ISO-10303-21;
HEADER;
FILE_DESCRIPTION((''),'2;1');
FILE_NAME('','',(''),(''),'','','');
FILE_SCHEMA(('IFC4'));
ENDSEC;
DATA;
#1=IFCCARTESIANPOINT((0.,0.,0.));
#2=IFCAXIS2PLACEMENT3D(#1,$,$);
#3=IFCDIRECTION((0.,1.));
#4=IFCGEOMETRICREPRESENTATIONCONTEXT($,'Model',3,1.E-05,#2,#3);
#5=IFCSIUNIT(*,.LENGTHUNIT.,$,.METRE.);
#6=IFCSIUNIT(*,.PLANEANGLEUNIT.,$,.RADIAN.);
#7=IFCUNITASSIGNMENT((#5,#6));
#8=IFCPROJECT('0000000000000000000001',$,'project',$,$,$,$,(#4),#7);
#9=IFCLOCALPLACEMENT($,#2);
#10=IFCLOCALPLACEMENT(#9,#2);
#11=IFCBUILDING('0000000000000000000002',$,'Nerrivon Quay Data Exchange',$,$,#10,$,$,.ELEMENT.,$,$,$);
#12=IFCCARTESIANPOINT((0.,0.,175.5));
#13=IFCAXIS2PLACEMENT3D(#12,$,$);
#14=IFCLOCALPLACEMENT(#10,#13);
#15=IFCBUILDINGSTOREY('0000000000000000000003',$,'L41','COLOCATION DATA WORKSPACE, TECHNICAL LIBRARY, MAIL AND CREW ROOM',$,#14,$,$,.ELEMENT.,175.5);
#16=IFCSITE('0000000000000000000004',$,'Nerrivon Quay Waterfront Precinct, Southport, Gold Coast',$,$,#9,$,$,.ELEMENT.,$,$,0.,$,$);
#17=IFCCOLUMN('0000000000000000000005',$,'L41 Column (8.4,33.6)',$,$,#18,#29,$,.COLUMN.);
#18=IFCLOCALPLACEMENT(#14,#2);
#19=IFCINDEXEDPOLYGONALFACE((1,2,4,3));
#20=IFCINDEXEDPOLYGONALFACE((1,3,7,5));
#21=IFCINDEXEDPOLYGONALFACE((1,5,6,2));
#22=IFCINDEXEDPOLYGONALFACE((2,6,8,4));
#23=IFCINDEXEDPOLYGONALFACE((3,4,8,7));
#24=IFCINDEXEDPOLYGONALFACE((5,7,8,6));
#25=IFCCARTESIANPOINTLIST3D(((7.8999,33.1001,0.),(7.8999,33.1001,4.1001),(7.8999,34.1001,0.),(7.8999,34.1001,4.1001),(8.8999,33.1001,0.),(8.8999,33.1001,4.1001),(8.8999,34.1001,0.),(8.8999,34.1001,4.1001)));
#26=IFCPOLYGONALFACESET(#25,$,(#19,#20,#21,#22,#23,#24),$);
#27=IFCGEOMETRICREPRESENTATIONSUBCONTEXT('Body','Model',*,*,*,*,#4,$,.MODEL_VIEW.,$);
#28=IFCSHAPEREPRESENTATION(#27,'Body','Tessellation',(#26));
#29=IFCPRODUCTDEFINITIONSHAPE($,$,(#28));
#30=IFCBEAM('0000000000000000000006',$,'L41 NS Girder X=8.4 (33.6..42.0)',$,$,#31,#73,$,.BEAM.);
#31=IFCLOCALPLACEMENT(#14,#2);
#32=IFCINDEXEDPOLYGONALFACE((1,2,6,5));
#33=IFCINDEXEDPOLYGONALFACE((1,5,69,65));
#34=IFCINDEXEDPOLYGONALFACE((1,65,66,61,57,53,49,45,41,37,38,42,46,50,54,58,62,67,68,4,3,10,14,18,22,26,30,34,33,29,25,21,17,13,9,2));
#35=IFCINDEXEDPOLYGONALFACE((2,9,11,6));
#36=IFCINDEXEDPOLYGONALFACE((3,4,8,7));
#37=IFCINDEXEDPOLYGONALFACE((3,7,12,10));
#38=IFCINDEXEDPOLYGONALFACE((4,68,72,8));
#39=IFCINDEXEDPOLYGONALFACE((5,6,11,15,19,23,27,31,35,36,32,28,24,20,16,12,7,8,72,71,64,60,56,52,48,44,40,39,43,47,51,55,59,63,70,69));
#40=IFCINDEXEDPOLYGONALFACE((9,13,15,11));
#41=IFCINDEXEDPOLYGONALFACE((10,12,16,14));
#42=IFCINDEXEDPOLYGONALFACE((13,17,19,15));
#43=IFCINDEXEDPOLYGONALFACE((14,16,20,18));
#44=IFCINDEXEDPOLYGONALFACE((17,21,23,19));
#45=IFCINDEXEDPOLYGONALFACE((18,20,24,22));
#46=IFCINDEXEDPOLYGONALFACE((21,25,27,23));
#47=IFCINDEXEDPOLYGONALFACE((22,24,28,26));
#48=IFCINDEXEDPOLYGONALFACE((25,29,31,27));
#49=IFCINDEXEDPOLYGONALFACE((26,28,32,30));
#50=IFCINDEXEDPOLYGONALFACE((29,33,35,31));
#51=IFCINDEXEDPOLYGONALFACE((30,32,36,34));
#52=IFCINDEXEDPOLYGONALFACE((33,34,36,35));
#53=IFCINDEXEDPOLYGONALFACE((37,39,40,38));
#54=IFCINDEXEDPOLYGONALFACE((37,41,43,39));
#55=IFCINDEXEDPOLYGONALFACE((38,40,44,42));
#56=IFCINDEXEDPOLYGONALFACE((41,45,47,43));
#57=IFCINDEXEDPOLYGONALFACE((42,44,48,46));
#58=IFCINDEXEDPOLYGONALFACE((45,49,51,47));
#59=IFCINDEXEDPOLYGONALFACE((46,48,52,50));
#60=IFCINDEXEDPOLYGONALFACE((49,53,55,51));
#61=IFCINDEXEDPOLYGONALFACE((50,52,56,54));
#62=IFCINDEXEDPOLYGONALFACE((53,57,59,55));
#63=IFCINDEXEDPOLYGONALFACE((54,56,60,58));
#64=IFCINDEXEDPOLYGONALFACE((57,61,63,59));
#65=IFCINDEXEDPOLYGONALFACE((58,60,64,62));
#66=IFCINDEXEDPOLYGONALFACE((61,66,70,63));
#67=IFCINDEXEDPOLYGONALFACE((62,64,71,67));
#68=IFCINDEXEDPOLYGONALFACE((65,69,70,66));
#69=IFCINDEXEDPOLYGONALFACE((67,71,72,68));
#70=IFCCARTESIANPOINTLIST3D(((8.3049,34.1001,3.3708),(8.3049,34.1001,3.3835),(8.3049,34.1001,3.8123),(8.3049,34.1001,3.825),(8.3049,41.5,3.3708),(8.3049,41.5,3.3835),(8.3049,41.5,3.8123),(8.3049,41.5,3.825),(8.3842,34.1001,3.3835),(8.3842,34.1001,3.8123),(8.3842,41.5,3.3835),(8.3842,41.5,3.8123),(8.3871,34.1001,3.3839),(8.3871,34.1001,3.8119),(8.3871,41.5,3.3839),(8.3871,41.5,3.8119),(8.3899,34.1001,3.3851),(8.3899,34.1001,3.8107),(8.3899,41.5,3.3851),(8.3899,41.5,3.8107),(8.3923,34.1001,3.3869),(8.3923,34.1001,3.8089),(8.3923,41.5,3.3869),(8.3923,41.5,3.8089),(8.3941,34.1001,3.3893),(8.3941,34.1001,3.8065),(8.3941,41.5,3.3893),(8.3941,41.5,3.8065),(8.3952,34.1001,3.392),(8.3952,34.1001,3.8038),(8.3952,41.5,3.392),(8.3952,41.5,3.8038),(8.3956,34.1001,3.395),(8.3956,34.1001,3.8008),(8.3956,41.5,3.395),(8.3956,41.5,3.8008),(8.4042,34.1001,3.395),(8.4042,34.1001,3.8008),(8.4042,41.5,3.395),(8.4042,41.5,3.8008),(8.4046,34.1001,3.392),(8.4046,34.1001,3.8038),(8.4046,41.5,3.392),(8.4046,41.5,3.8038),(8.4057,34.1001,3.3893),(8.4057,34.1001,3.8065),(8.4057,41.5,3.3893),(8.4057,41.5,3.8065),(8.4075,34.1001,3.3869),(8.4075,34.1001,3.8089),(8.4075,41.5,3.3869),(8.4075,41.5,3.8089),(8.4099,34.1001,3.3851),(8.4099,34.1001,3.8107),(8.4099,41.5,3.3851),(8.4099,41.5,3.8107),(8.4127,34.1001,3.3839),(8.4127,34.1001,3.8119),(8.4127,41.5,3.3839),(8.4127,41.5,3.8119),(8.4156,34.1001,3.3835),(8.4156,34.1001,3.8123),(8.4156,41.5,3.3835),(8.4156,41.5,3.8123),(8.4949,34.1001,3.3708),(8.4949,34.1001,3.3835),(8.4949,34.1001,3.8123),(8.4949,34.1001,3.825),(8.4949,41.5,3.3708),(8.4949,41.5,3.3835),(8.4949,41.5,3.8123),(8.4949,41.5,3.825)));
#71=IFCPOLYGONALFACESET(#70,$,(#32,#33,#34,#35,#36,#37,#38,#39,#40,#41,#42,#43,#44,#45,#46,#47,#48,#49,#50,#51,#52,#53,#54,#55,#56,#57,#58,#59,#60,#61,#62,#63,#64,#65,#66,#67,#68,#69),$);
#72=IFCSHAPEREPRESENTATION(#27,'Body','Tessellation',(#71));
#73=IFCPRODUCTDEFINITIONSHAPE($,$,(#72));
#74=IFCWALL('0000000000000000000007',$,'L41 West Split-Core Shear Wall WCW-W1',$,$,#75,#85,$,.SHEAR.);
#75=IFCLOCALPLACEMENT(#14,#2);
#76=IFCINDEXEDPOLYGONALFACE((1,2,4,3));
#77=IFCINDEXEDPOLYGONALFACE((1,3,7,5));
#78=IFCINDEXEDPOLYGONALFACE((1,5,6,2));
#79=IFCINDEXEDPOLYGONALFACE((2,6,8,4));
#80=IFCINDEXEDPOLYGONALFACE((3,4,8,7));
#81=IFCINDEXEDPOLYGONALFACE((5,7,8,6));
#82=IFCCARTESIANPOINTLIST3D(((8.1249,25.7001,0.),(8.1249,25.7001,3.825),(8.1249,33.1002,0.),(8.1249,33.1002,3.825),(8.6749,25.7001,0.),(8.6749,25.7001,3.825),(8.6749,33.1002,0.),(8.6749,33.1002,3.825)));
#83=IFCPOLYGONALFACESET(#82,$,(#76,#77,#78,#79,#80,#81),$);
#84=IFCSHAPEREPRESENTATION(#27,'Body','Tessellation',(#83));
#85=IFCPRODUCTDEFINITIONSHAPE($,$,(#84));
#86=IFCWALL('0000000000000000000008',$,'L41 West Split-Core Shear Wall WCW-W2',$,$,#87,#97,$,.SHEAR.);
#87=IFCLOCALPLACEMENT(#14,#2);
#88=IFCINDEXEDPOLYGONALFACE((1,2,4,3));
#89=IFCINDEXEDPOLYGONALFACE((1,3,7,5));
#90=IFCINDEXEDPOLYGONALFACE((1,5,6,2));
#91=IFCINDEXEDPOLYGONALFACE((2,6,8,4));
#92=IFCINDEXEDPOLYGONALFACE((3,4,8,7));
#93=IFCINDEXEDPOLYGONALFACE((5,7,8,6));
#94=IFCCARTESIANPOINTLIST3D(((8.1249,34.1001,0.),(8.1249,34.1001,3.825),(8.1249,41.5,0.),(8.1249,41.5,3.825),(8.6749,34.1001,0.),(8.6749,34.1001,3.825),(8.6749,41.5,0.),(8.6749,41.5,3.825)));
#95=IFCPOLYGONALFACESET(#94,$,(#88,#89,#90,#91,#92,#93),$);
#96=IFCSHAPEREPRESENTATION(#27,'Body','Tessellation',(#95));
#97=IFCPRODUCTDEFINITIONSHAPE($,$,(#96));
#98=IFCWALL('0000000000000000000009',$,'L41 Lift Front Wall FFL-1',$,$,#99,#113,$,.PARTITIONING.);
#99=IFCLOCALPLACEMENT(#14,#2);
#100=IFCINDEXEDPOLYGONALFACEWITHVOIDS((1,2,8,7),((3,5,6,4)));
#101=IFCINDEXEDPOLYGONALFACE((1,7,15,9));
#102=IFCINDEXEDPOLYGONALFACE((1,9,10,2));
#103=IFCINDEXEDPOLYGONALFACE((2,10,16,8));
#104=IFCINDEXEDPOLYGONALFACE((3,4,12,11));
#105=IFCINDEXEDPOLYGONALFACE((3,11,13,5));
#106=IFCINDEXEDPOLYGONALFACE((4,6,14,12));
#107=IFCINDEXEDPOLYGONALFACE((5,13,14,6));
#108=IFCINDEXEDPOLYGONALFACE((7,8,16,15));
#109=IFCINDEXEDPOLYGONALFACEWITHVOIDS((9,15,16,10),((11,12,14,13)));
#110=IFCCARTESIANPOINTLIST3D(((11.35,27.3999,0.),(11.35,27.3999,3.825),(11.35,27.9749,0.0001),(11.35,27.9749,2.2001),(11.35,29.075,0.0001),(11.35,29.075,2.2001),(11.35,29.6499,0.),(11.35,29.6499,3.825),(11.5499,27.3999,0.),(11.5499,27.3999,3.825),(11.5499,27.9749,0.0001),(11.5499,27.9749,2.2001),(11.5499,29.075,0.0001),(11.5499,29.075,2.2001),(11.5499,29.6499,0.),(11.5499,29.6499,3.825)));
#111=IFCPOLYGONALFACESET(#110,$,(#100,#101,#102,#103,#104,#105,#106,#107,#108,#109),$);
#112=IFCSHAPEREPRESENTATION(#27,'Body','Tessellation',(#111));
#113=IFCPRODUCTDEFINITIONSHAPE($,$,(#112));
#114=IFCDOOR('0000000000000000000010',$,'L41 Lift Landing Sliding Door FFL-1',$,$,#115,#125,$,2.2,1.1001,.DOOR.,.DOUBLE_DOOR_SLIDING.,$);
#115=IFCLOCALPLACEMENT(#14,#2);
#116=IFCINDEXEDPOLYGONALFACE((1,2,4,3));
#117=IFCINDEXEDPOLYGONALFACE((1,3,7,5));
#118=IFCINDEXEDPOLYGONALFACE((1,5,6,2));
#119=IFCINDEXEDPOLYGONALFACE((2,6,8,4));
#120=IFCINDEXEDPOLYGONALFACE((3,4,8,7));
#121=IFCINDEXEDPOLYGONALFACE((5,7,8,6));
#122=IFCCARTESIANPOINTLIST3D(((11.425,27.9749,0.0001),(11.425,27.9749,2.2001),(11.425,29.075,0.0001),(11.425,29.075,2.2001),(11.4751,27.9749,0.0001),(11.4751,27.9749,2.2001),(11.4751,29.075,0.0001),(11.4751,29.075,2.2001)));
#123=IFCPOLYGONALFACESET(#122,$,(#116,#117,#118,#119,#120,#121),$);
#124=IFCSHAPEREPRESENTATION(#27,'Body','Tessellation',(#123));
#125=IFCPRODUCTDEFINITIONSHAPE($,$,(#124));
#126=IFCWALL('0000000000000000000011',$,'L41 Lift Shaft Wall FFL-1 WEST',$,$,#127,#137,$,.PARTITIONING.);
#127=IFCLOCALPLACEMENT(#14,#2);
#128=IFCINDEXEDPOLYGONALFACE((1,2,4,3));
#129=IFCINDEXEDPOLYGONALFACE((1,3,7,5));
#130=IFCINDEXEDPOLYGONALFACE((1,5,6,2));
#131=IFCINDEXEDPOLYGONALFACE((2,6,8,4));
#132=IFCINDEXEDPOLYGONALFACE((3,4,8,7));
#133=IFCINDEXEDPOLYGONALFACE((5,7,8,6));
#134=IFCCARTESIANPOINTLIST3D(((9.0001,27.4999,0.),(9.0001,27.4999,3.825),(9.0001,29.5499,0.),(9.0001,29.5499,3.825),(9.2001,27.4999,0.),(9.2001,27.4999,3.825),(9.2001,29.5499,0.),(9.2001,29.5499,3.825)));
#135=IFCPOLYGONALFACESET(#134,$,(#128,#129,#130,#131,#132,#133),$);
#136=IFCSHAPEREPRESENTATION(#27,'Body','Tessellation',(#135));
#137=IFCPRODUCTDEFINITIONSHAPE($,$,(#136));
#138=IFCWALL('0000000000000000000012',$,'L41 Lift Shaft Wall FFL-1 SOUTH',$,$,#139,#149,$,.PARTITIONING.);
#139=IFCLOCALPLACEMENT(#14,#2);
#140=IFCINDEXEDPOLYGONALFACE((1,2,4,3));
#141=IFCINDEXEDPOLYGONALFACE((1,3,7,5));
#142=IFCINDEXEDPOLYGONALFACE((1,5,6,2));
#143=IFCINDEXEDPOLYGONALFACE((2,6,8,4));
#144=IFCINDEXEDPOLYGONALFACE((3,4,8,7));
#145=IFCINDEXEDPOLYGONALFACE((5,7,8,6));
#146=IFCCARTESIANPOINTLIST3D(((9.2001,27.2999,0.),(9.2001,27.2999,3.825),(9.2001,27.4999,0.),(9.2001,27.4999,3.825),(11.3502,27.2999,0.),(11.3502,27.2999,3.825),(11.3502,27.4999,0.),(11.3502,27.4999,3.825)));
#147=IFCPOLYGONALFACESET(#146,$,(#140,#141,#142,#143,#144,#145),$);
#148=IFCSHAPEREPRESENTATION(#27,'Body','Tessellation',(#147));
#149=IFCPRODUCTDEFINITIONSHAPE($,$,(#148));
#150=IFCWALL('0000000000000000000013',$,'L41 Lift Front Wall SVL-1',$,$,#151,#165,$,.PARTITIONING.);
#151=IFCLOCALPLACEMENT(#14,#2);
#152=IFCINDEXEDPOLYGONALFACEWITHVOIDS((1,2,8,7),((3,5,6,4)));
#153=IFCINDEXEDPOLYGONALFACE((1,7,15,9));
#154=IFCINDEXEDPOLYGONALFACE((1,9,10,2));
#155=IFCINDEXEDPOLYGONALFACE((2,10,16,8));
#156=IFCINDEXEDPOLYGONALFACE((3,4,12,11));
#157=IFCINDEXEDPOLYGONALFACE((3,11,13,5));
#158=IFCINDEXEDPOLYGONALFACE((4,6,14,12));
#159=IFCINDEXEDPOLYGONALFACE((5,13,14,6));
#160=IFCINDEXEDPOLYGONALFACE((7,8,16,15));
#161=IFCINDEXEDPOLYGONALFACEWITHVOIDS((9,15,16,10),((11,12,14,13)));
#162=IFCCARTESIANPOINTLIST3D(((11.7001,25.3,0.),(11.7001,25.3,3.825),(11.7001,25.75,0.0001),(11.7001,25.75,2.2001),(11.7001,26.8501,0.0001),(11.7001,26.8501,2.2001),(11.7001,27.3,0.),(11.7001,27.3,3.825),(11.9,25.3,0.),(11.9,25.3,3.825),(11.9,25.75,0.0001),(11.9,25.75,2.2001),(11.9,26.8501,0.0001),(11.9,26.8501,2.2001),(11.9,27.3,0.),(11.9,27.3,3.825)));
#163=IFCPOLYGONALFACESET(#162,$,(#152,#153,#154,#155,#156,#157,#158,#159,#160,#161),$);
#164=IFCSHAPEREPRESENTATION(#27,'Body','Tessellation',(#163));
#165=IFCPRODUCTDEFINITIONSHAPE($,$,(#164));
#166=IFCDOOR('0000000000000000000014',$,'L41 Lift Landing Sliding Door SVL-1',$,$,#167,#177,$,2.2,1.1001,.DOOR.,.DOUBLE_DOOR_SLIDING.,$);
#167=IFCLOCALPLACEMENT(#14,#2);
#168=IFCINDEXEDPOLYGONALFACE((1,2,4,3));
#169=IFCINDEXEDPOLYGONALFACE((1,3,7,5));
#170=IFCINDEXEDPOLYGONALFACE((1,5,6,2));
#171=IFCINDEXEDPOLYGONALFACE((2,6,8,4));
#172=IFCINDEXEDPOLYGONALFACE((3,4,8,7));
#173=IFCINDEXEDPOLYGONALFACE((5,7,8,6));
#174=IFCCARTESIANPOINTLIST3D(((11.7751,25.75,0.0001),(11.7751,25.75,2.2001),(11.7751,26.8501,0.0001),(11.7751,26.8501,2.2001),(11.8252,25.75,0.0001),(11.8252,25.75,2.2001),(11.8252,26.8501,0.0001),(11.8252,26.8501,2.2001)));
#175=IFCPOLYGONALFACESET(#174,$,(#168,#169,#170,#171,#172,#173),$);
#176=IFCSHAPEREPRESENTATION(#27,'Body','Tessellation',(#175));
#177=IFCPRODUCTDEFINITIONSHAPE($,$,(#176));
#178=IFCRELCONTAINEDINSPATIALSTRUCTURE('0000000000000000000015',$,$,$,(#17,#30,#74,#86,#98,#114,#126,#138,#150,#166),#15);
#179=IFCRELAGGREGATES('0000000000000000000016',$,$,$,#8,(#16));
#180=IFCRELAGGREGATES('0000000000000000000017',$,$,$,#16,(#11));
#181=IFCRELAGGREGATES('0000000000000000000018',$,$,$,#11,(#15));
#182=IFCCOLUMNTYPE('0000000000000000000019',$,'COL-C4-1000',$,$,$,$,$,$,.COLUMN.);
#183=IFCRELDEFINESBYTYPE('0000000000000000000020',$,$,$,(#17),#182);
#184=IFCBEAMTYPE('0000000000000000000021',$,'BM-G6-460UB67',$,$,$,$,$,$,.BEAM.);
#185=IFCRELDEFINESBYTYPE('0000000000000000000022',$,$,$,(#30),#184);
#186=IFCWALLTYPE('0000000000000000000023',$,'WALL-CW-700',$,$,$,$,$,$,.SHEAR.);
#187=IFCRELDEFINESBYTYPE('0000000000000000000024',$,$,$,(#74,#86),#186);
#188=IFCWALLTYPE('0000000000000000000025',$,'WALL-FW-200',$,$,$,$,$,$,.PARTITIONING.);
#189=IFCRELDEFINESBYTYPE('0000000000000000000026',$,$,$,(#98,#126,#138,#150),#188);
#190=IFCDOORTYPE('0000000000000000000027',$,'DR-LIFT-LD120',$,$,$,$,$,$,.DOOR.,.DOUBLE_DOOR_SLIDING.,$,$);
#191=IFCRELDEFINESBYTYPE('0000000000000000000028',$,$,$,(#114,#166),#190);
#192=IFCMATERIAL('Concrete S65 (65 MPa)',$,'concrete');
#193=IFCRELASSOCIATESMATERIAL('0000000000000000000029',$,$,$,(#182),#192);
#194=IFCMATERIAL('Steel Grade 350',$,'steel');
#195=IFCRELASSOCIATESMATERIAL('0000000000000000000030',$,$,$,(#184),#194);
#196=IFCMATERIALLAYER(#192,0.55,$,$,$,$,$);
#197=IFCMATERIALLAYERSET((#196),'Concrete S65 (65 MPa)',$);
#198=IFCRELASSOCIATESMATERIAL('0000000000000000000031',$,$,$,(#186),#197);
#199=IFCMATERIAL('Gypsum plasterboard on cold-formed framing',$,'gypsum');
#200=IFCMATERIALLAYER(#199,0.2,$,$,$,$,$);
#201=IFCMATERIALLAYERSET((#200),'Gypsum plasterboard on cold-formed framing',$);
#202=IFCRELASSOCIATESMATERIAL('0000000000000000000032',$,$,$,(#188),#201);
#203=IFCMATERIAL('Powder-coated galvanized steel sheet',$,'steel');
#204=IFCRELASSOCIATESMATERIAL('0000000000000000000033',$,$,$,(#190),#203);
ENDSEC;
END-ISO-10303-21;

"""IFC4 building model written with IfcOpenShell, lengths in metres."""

from ifc_helpers import new_model, si_unit, direction, frame, frame_2d, origin, origin_2d, place, context, subcontext, project, spatial, rectangle, i_section, extrude, material, layer, layer_set, material_profile, profile_set, type_object, element, fill, save


model = new_model("IFC4")

# Units and contexts
model_context = context("Model", 3, precision=1e-05, world=origin(), true_north=direction((0.0, 1.0)))
body_context = subcontext(model_context, "Body", "Model", "MODEL_VIEW")
ifc_project = project(units=[si_unit("LENGTHUNIT", "METRE"), si_unit("PLANEANGLEUNIT", "RADIAN")], contexts=[model_context])

# Site, building, storey
site_placement = place(None, origin())
site = spatial("IfcSite", under=ifc_project, at=site_placement, Name="Nerrivon Quay Waterfront Precinct, Southport, Gold Coast", CompositionType="ELEMENT", RefElevation=0.0)
building_placement = place(site_placement, origin())
building = spatial("IfcBuilding", under=site, at=building_placement, Name="Nerrivon Quay Data Exchange", CompositionType="ELEMENT")
storey_placement = place(building_placement, frame((0.0, 0.0, 175.5)))
storey = spatial("IfcBuildingStorey", under=building, at=storey_placement, Name="L41", Description="COLOCATION DATA WORKSPACE, TECHNICAL LIBRARY, MAIL AND CREW ROOM", CompositionType="ELEMENT", Elevation=175.5)

# Column
ifc_material_1 = material(Name="Concrete S65 (65 MPa)", Category="concrete")
ifc_material_profile_1 = material_profile(ifc_material_1, rectangle(XDim=1.0, YDim=1.0, at=origin_2d()), Name="RC-COL-1000x1000")
ifc_profile_set_1 = profile_set([ifc_material_profile_1], Name="Concrete S65 (65 MPa)")
column_type = type_object("IfcColumnType", Name="COL-C4-1000", PredefinedType="COLUMN", material=ifc_profile_set_1)
column_placement = place(storey_placement, frame((8.3999, 33.6001, 0.0), z_axis=(0.0, 0.0, 1.0), x_axis=(1.0, 0.0, 0.0)))
element("IfcColumn", 1, at=column_placement, inside=storey, type_object=column_type, Name="L41 Column (8.4,33.6)", PredefinedType="COLUMN", context=body_context, shape_type="SweptSolid", body=[
    extrude(rectangle(XDim=1.0, YDim=1.0, at=origin_2d()), origin(), (0.0, 0.0, 1.0), 4.1001),
])

# Beam
ifc_material_2 = material(Name="Steel Grade 350", Category="steel")
ifc_material_profile_2 = material_profile(ifc_material_2, i_section(OverallWidth=0.1899, OverallDepth=0.4541, WebThickness=0.0085, FlangeThickness=0.0127, FilletRadius=0.0115, at=origin_2d()), Name="460UB67.1")
ifc_profile_set_2 = profile_set([ifc_material_profile_2], Name="Steel Grade 350")
beam_type = type_object("IfcBeamType", Name="BM-G6-460UB67", PredefinedType="BEAM", material=ifc_profile_set_2)
beam_placement = place(storey_placement, frame((8.3999, 34.1001, 3.5979), z_axis=(0.0, 1.0, 0.0), x_axis=(-1.0, 0.0, 0.0)))
element("IfcBeam", 2, at=beam_placement, inside=storey, type_object=beam_type, Name="L41 NS Girder X=8.4 (33.6..42.0)", PredefinedType="BEAM", context=body_context, shape_type="SweptSolid", body=[
    extrude(i_section(OverallWidth=0.1899, OverallDepth=0.4541, WebThickness=0.0085, FlangeThickness=0.0127, FilletRadius=0.0115, at=origin_2d()), origin(), (0.0, 0.0, 1.0), 7.3999),
])

# Walls
ifc_layer_1 = layer(ifc_material_1, 0.55)
ifc_layer_set_1 = layer_set([ifc_layer_1], Name="Concrete S65 (65 MPa)")
wall_type_1 = type_object("IfcWallType", Name="WALL-CW-700", PredefinedType="SHEAR", material=ifc_layer_set_1)
wall_1_placement = place(storey_placement, frame((8.3999, 25.7, 0.0), z_axis=(0.0, 0.0, 1.0), x_axis=(0.0, 1.0, 0.0)))
element("IfcWall", 3, at=wall_1_placement, inside=storey, type_object=wall_type_1, Name="L41 West Split-Core Shear Wall WCW-W1", PredefinedType="SHEAR", context=body_context, shape_type="SweptSolid", body=[
    extrude(rectangle(XDim=7.4001, YDim=0.55, at=frame_2d((3.7002, 0.0))), origin(), (0.0, 0.0, 1.0), 3.825),
])
wall_2_placement = place(storey_placement, frame((8.3999, 34.1001, 0.0), z_axis=(0.0, 0.0, 1.0), x_axis=(0.0, 1.0, 0.0)))
element("IfcWall", 4, at=wall_2_placement, inside=storey, type_object=wall_type_1, Name="L41 West Split-Core Shear Wall WCW-W2", PredefinedType="SHEAR", context=body_context, shape_type="SweptSolid", body=[
    extrude(rectangle(XDim=7.3999, YDim=0.55, at=frame_2d((3.7, 0.0))), origin(), (0.0, 0.0, 1.0), 3.825),
])

# Wall, opening, door
ifc_material_3 = material(Name="Powder-coated galvanized steel sheet", Category="steel")
ifc_material_4 = material(Name="Gypsum plasterboard on cold-formed framing", Category="gypsum")
ifc_layer_2 = layer(ifc_material_4, 0.2)
ifc_layer_set_2 = layer_set([ifc_layer_2], Name="Gypsum plasterboard on cold-formed framing")
wall_type_2 = type_object("IfcWallType", Name="WALL-FW-200", PredefinedType="PARTITIONING", material=ifc_layer_set_2)
wall_3_placement = place(storey_placement, frame((11.45, 27.3999, 0.0), z_axis=(0.0, 0.0, 1.0), x_axis=(0.0, 1.0, 0.0)))
wall_3 = element("IfcWall", 5, at=wall_3_placement, inside=storey, type_object=wall_type_2, Name="L41 Lift Front Wall FFL-1", PredefinedType="PARTITIONING", context=body_context, shape_type="SweptSolid", body=[
    extrude(rectangle(XDim=2.25, YDim=0.2, at=frame_2d((1.125, 0.0))), origin(), (0.0, 0.0, 1.0), 3.825),
])
opening_1_placement = place(wall_3_placement, frame((0.575, 0.0, 0.0)))
opening_1 = element("IfcOpeningElement", 6, at=opening_1_placement, cuts=wall_3, PredefinedType="OPENING", context=body_context, shape_type="SweptSolid", body=[
    extrude(rectangle(XDim=1.1001, YDim=2.2, at=frame_2d((0.55, 1.1001))), frame((0.0, 0.1099, 0.0), z_axis=(0.0, -1.0, 0.0), x_axis=(1.0, 0.0, 0.0)), (0.0, 0.0, 1.0), 0.22),
])
door_type_1 = type_object("IfcDoorType", Name="DR-LIFT-LD120", OperationType="DOUBLE_DOOR_SLIDING", PredefinedType="DOOR", material=ifc_material_3)
door_1_placement = place(opening_1_placement, origin())
door_1 = element("IfcDoor", 7, at=door_1_placement, inside=storey, type_object=door_type_1, Name="L41 Lift Landing Sliding Door FFL-1", OperationType="DOUBLE_DOOR_SLIDING", OverallHeight=2.2, OverallWidth=1.1001, PredefinedType="DOOR", context=body_context, shape_type="SweptSolid", body=[
    extrude(rectangle(XDim=1.1001, YDim=2.2, at=frame_2d((0.55, 1.1001))), frame((0.0, 0.0249, 0.0), z_axis=(0.0, -1.0, 0.0), x_axis=(1.0, 0.0, 0.0)), (0.0, 0.0, 1.0), 0.05),
])
fill(opening_1, door_1)

# Walls
wall_4_placement = place(storey_placement, frame((9.1001, 27.5, 0.0), z_axis=(0.0, 0.0, 1.0), x_axis=(0.0, 1.0, 0.0)))
element("IfcWall", 8, at=wall_4_placement, inside=storey, type_object=wall_type_2, Name="L41 Lift Shaft Wall FFL-1 WEST", PredefinedType="PARTITIONING", context=body_context, shape_type="SweptSolid", body=[
    extrude(rectangle(XDim=2.05, YDim=0.2, at=frame_2d((1.0249, 0.0))), origin(), (0.0, 0.0, 1.0), 3.825),
])
wall_5_placement = place(storey_placement, frame((9.2, 27.3999, 0.0), z_axis=(0.0, 0.0, 1.0), x_axis=(1.0, 0.0, 0.0)))
element("IfcWall", 9, at=wall_5_placement, inside=storey, type_object=wall_type_2, Name="L41 Lift Shaft Wall FFL-1 SOUTH", PredefinedType="PARTITIONING", context=body_context, shape_type="SweptSolid", body=[
    extrude(rectangle(XDim=2.1501, YDim=0.2, at=frame_2d((1.0752, 0.0))), origin(), (0.0, 0.0, 1.0), 3.825),
])

# Wall, opening, door
wall_6_placement = place(storey_placement, frame((11.8, 25.3, 0.0), z_axis=(0.0, 0.0, 1.0), x_axis=(0.0, 1.0, 0.0)))
wall_6 = element("IfcWall", 10, at=wall_6_placement, inside=storey, type_object=wall_type_2, Name="L41 Lift Front Wall SVL-1", PredefinedType="PARTITIONING", context=body_context, shape_type="SweptSolid", body=[
    extrude(rectangle(XDim=2.0, YDim=0.2, at=frame_2d((1.0, 0.0))), origin(), (0.0, 0.0, 1.0), 3.825),
])
opening_2_placement = place(wall_6_placement, frame((0.45, 0.0, 0.0)))
opening_2 = element("IfcOpeningElement", 11, at=opening_2_placement, cuts=wall_6, PredefinedType="OPENING", context=body_context, shape_type="SweptSolid", body=[
    extrude(rectangle(XDim=1.1001, YDim=2.2, at=frame_2d((0.55, 1.1001))), frame((0.0, 0.1099, 0.0), z_axis=(0.0, -1.0, 0.0), x_axis=(1.0, 0.0, 0.0)), (0.0, 0.0, 1.0), 0.22),
])
door_2_placement = place(opening_2_placement, origin())
door_2 = element("IfcDoor", 12, at=door_2_placement, inside=storey, type_object=door_type_1, Name="L41 Lift Landing Sliding Door SVL-1", OperationType="DOUBLE_DOOR_SLIDING", OverallHeight=2.2, OverallWidth=1.1001, PredefinedType="DOOR", context=body_context, shape_type="SweptSolid", body=[
    extrude(rectangle(XDim=1.1001, YDim=2.2, at=frame_2d((0.55, 1.1001))), frame((0.0, 0.0249, 0.0), z_axis=(0.0, -1.0, 0.0), x_axis=(1.0, 0.0, 0.0)), (0.0, 0.0, 1.0), 0.05),
])
fill(opening_2, door_2)

save(model, "model.ifc")
